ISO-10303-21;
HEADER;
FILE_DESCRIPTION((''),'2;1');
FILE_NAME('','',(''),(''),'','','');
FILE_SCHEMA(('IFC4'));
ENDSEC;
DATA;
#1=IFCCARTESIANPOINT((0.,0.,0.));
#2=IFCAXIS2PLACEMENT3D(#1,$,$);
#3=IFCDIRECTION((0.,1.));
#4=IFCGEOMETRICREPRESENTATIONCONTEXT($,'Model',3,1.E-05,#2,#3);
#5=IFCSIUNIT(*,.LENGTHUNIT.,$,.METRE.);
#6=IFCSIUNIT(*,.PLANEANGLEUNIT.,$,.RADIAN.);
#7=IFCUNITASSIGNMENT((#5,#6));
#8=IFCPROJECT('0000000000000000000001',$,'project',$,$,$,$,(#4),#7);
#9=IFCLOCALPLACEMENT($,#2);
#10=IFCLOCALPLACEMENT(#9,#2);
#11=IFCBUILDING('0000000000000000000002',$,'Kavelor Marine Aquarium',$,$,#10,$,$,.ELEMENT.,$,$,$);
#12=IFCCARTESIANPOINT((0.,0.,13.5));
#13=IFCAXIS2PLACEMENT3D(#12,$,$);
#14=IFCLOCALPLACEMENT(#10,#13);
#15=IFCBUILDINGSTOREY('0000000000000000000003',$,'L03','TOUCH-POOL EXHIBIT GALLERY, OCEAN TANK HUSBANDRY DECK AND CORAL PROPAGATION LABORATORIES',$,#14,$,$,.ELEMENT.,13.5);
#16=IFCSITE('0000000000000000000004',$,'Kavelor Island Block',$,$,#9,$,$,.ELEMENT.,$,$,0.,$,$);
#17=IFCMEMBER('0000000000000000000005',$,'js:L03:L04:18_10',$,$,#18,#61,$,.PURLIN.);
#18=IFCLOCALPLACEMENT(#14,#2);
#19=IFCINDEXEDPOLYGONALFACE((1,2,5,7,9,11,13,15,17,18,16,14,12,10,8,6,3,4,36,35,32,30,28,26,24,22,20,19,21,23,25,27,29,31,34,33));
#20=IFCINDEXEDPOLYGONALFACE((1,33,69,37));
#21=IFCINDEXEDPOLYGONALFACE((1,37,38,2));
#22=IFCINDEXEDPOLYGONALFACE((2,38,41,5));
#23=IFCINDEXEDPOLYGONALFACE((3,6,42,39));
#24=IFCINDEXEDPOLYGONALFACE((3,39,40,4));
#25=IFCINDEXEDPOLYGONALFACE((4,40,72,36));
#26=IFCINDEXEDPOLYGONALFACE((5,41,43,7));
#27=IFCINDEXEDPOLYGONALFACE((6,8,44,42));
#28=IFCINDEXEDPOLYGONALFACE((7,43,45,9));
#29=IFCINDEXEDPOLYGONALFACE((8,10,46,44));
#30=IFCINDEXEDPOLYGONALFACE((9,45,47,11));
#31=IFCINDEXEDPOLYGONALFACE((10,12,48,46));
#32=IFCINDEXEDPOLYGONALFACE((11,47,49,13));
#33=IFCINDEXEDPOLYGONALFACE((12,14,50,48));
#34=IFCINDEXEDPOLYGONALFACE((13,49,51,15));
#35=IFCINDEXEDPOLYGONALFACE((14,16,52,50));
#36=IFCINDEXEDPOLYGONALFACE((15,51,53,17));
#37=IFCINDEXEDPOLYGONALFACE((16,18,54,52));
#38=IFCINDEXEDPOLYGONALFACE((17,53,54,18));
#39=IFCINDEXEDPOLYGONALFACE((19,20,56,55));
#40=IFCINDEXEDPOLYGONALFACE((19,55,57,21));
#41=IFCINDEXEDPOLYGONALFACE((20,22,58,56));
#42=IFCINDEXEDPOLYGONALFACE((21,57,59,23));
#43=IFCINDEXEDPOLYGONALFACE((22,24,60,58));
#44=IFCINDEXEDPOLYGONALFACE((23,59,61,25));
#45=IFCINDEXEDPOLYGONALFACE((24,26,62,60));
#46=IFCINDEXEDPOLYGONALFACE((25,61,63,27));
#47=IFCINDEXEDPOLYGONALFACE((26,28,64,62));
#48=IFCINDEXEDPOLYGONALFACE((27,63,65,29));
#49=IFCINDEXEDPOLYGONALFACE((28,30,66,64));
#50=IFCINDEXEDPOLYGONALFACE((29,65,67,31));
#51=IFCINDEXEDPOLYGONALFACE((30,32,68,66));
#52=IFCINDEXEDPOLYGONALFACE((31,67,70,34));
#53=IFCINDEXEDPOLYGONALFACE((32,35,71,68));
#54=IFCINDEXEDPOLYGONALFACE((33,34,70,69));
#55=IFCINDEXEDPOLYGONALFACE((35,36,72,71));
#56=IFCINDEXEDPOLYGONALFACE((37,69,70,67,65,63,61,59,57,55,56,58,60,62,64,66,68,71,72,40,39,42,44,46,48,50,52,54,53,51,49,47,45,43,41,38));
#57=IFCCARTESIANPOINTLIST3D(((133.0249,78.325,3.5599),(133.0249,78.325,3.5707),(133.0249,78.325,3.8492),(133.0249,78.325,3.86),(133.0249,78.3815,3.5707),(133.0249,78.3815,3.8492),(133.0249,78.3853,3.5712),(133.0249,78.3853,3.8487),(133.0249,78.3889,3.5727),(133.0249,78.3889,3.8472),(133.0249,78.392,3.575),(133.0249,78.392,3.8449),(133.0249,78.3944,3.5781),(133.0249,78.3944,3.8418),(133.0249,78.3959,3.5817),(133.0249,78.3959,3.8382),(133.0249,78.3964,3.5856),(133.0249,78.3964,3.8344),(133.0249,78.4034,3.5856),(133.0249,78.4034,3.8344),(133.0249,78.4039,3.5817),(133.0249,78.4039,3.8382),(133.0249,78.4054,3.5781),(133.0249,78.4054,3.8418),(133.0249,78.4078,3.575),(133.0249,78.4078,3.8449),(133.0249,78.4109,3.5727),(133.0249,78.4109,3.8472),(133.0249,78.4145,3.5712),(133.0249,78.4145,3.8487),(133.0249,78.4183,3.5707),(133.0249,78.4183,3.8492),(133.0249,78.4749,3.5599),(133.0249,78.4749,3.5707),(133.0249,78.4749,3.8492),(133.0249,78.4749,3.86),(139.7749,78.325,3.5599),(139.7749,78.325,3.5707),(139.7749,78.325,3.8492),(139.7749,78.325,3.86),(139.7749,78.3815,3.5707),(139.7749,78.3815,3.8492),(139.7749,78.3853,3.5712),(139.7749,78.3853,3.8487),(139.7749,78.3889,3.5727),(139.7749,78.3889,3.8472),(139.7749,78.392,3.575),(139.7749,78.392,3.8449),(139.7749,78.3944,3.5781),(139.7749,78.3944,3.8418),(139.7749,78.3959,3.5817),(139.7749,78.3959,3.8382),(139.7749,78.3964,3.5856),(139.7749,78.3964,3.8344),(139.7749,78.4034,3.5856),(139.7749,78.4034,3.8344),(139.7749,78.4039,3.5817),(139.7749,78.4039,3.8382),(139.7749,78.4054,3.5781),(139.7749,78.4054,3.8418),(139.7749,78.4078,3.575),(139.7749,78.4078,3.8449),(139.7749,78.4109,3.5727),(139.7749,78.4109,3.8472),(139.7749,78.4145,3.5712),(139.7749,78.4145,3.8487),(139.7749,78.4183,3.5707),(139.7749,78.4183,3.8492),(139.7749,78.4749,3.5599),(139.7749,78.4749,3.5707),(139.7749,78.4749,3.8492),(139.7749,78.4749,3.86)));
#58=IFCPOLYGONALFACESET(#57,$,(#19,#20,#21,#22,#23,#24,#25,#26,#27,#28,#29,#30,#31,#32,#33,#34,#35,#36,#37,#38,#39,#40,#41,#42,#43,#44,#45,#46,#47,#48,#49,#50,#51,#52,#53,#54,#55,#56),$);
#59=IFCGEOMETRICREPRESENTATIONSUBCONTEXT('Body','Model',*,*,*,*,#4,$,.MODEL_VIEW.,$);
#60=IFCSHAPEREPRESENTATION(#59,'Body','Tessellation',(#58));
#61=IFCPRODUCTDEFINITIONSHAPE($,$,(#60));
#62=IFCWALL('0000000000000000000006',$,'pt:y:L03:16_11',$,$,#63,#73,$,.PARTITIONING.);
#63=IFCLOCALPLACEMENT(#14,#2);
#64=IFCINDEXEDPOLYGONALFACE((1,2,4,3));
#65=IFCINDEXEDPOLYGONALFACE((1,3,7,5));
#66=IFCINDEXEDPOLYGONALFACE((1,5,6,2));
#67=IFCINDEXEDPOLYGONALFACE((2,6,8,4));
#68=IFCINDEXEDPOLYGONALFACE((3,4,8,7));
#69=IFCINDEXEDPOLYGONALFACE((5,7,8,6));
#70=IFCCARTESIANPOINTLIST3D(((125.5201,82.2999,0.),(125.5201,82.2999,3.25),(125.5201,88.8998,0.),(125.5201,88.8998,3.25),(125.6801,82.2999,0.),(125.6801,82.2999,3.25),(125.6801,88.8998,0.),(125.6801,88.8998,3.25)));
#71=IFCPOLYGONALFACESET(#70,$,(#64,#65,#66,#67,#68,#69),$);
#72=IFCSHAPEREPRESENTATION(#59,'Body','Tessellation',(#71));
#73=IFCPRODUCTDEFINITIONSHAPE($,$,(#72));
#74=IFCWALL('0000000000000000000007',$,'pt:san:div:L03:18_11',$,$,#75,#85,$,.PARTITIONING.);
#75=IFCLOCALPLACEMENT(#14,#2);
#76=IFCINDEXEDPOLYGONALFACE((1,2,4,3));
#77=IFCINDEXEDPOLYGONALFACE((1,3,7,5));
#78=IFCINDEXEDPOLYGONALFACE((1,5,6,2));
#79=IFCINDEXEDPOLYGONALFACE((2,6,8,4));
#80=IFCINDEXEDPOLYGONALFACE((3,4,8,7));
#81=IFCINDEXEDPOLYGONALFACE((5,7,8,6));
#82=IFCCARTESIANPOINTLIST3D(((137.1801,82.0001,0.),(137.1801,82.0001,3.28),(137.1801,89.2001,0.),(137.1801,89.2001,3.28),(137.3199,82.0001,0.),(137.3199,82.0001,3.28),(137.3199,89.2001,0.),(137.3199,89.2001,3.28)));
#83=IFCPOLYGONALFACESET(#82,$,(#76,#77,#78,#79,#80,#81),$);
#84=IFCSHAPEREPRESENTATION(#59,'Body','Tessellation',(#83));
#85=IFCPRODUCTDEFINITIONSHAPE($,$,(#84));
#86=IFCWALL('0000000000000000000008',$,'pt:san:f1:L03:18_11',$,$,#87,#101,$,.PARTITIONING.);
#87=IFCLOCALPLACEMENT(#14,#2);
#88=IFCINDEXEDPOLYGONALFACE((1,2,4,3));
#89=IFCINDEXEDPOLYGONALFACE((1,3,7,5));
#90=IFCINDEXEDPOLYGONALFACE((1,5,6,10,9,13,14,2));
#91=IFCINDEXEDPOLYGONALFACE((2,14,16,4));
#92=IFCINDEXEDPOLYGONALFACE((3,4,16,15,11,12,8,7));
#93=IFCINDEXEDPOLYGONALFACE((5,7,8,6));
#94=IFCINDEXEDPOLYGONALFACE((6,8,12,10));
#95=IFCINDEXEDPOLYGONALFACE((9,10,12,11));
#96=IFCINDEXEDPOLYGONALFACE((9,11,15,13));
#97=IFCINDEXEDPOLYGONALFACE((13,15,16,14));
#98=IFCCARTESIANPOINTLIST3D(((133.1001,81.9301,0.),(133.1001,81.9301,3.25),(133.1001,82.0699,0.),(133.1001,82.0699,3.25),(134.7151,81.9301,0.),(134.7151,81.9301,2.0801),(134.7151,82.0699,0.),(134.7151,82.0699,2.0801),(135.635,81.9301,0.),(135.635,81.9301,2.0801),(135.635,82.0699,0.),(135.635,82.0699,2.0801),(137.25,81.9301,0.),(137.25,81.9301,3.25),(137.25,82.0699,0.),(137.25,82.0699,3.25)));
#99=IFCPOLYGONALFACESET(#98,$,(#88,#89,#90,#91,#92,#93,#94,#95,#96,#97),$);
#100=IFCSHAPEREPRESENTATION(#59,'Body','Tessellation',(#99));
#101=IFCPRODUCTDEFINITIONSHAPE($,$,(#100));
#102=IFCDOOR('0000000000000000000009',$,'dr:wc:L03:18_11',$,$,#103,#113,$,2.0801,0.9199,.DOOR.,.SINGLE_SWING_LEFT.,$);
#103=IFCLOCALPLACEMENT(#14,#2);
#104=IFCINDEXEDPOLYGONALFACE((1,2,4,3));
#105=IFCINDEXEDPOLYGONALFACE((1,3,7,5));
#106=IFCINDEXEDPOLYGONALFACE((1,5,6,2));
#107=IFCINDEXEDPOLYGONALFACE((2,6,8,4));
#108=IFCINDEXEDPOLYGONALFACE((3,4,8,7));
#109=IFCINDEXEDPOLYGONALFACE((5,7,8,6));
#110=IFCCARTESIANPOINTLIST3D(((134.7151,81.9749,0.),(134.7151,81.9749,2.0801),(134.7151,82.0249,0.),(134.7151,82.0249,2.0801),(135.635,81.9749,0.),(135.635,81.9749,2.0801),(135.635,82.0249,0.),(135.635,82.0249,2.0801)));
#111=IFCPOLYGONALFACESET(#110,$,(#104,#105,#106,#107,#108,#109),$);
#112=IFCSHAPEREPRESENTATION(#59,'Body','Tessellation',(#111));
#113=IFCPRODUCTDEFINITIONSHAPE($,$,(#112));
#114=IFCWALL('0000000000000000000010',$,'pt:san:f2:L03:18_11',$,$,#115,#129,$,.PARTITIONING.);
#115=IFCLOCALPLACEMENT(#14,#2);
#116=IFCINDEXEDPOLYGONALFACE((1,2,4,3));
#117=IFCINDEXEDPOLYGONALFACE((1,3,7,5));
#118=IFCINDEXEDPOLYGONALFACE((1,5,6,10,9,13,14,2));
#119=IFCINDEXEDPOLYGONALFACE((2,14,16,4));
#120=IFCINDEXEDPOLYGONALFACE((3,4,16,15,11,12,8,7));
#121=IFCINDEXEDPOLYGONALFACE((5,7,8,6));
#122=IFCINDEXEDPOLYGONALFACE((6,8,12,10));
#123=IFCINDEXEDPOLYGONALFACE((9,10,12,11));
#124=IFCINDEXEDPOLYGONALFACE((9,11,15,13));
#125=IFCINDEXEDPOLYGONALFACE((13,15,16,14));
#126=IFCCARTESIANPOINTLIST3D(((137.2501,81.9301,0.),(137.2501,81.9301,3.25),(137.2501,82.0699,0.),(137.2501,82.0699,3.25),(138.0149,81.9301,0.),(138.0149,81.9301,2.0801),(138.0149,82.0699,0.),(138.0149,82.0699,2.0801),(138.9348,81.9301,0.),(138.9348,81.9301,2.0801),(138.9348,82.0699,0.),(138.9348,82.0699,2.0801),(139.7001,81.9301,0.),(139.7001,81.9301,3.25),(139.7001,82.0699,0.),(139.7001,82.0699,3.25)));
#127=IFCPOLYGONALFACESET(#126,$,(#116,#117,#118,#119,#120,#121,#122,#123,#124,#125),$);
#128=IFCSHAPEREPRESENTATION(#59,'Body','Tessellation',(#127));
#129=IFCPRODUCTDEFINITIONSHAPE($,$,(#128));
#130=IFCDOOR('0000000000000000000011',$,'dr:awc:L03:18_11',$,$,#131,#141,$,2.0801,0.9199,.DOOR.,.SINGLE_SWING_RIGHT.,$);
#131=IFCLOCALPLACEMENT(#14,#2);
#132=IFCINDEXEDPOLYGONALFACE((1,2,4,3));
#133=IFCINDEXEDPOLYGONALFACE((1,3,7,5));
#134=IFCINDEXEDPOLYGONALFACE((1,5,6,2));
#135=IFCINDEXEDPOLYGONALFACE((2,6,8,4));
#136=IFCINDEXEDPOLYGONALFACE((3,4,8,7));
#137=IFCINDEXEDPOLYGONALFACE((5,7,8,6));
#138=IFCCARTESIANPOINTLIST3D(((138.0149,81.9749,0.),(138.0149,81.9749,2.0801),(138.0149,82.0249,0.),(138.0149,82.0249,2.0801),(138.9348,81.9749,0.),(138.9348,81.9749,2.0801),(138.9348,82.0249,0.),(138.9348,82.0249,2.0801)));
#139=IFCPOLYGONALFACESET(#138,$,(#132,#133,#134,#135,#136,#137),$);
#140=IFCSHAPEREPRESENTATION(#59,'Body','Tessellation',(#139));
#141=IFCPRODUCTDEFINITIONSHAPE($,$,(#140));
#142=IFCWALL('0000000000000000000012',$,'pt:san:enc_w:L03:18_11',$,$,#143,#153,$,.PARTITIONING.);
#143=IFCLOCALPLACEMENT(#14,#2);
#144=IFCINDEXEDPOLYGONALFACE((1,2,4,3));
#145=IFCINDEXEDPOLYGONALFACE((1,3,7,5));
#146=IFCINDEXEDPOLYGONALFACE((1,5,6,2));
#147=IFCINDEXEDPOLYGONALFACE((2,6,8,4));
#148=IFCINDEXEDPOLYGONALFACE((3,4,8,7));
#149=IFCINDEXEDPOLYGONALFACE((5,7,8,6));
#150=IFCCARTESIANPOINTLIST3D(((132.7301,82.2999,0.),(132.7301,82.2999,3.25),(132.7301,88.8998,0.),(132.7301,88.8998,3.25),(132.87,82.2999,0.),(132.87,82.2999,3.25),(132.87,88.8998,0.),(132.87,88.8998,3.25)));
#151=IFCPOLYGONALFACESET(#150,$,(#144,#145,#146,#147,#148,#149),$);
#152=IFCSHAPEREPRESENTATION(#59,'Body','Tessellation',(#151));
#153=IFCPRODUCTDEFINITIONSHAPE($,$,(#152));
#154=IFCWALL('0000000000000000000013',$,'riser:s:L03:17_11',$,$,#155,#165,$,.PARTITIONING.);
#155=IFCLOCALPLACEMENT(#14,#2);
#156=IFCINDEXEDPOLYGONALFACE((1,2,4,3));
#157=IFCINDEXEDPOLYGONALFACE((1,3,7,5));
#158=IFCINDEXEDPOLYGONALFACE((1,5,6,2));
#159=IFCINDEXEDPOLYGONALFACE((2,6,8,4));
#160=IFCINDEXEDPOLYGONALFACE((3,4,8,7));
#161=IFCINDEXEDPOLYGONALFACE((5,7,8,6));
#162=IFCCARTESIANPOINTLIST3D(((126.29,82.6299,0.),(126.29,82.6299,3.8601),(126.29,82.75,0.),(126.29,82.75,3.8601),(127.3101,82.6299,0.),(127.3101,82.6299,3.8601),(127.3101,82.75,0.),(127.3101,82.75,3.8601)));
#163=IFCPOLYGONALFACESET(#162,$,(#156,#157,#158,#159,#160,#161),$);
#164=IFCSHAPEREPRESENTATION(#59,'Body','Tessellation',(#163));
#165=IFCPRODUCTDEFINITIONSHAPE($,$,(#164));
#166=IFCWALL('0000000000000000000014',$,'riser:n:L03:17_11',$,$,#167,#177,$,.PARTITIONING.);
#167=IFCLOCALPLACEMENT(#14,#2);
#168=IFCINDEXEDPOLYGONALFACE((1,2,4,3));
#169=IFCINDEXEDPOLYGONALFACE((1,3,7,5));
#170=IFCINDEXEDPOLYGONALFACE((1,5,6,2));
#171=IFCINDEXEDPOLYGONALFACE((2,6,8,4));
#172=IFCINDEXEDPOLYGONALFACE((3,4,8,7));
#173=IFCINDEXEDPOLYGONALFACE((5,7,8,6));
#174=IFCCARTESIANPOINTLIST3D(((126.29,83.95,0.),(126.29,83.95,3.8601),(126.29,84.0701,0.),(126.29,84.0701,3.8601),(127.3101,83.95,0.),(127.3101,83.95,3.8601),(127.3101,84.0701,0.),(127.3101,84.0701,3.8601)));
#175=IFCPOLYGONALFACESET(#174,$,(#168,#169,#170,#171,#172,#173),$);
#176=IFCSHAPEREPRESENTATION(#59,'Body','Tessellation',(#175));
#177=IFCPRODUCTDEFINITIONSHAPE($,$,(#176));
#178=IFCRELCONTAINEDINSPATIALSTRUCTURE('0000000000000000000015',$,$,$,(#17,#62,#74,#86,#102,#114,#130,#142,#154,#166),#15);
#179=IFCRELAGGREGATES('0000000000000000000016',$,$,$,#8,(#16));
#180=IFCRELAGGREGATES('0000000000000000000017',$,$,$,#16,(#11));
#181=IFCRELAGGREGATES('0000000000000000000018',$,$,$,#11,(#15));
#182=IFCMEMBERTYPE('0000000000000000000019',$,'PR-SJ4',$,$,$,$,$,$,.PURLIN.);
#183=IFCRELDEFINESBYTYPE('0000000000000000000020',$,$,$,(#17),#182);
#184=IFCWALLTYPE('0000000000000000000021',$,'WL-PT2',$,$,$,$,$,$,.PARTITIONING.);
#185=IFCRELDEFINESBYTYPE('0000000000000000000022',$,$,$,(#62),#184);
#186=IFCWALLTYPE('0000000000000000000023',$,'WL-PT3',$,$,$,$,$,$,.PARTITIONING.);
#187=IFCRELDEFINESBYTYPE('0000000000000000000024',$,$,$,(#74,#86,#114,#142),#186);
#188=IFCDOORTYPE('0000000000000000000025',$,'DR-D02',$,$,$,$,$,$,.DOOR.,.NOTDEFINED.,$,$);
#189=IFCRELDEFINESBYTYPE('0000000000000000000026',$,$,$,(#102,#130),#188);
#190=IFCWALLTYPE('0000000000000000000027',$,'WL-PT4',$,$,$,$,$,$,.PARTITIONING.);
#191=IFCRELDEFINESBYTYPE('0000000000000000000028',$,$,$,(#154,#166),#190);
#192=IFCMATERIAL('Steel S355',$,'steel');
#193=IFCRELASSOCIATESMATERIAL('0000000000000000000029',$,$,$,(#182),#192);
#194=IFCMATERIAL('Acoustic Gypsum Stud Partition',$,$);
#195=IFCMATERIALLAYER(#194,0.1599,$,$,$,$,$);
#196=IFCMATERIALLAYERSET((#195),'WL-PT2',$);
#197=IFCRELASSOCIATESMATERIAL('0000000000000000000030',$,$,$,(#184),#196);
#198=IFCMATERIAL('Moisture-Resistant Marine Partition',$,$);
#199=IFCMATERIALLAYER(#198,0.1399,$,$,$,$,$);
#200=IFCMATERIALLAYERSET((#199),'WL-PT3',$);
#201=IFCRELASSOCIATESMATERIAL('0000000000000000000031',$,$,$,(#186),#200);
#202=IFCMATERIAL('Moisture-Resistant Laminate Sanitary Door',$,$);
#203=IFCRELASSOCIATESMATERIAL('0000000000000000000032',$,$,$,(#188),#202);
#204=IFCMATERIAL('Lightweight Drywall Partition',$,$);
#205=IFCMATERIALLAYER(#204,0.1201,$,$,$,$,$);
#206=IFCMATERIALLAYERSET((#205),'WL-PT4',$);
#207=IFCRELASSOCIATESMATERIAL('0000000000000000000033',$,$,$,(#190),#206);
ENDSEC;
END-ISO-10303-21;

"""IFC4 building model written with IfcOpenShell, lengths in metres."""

from ifc_helpers import new_model, si_unit, direction, frame, frame_2d, origin, origin_2d, place, context, subcontext, project, spatial, rectangle, i_section, extrude, material, layer, layer_set, material_profile, profile_set, type_object, element, fill, save


model = new_model("IFC4")

# Units and contexts
model_context = context("Model", 3, precision=1e-05, world=origin(), true_north=direction((0.0, 1.0)))
body_context = subcontext(model_context, "Body", "Model", "MODEL_VIEW")
ifc_project = project(units=[si_unit("LENGTHUNIT", "METRE"), si_unit("PLANEANGLEUNIT", "RADIAN")], contexts=[model_context])

# Site, building, storey
site_placement = place(None, origin())
site = spatial("IfcSite", under=ifc_project, at=site_placement, Name="Kavelor Island Block", CompositionType="ELEMENT", RefElevation=0.0)
building_placement = place(site_placement, origin())
building = spatial("IfcBuilding", under=site, at=building_placement, Name="Kavelor Marine Aquarium", CompositionType="ELEMENT")
storey_placement = place(building_placement, frame((0.0, 0.0, 13.5)))
storey = spatial("IfcBuildingStorey", under=building, at=storey_placement, Name="L03", Description="TOUCH-POOL EXHIBIT GALLERY, OCEAN TANK HUSBANDRY DECK AND CORAL PROPAGATION LABORATORIES", CompositionType="ELEMENT", Elevation=13.5)

# Member
ifc_material_1 = material(Name="Steel S355", Category="steel")
ifc_material_profile_1 = material_profile(ifc_material_1, i_section(OverallWidth=0.1499, OverallDepth=0.3, WebThickness=0.0071, FlangeThickness=0.0107, FilletRadius=0.0149, at=origin_2d()), Name="IPE 300")
ifc_profile_set_1 = profile_set([ifc_material_profile_1], Name="Steel S355")
member_type = type_object("IfcMemberType", Name="PR-SJ4", PredefinedType="PURLIN", material=ifc_profile_set_1)
member_1_placement = place(storey_placement, frame((133.0249, 78.3999, 3.71), z_axis=(1.0, 0.0, 0.0), x_axis=(0.0, 1.0, 0.0)))
element("IfcMember", 1, at=member_1_placement, inside=storey, type_object=member_type, Name="js:L03:L04:18_10", PredefinedType="PURLIN", context=body_context, shape_type="SweptSolid", body=[
    extrude(i_section(OverallWidth=0.1499, OverallDepth=0.3, WebThickness=0.0071, FlangeThickness=0.0107, FilletRadius=0.0149, at=origin_2d()), origin(), (0.0, 0.0, 1.0), 6.75),
])

# Walls
ifc_material_2 = material(Name="Acoustic Gypsum Stud Partition")
ifc_layer_1 = layer(ifc_material_2, 0.1599)
ifc_layer_set_1 = layer_set([ifc_layer_1], Name="WL-PT2")
wall_type_1 = type_object("IfcWallType", Name="WL-PT2", PredefinedType="PARTITIONING", material=ifc_layer_set_1)
wall_1_placement = place(storey_placement, frame((125.6001, 82.3, 0.0), z_axis=(0.0, 0.0, 1.0), x_axis=(0.0, 1.0, 0.0)))
element("IfcWall", 2, at=wall_1_placement, inside=storey, type_object=wall_type_1, Name="pt:y:L03:16_11", PredefinedType="PARTITIONING", context=body_context, shape_type="SweptSolid", body=[
    extrude(rectangle(XDim=6.5999, YDim=0.1599, at=frame_2d((3.2998, 0.0))), origin(), (0.0, 0.0, 1.0), 3.25),
])
ifc_material_3 = material(Name="Moisture-Resistant Marine Partition")
ifc_layer_2 = layer(ifc_material_3, 0.1399)
ifc_layer_set_2 = layer_set([ifc_layer_2], Name="WL-PT3")
wall_type_2 = type_object("IfcWallType", Name="WL-PT3", PredefinedType="PARTITIONING", material=ifc_layer_set_2)
wall_2_placement = place(storey_placement, frame((137.25, 82.0, 0.0), z_axis=(0.0, 0.0, 1.0), x_axis=(0.0, 1.0, 0.0)))
element("IfcWall", 3, at=wall_2_placement, inside=storey, type_object=wall_type_2, Name="pt:san:div:L03:18_11", PredefinedType="PARTITIONING", context=body_context, shape_type="SweptSolid", body=[
    extrude(rectangle(XDim=7.2, YDim=0.1399, at=frame_2d((3.6001, 0.0))), origin(), (0.0, 0.0, 1.0), 3.28),
])

# Walls, openings, doors
wall_3_placement = place(storey_placement, frame((133.1001, 82.0, 0.0), z_axis=(0.0, 0.0, 1.0), x_axis=(1.0, 0.0, 0.0)))
wall_3 = element("IfcWall", 4, at=wall_3_placement, inside=storey, type_object=wall_type_2, Name="pt:san:f1:L03:18_11", PredefinedType="PARTITIONING", context=body_context, shape_type="SweptSolid", body=[
    extrude(rectangle(XDim=4.1499, YDim=0.1399, at=frame_2d((2.075, 0.0))), origin(), (0.0, 0.0, 1.0), 3.25),
])
opening_1_placement = place(wall_3_placement, frame((1.615, 0.0, 0.0)))
opening_1 = element("IfcOpeningElement", 5, at=opening_1_placement, cuts=wall_3, PredefinedType="OPENING", context=body_context, shape_type="SweptSolid", body=[
    extrude(rectangle(XDim=0.9199, YDim=2.0801, at=frame_2d((0.46, 1.04))), frame((0.0, 0.0798, 0.0), z_axis=(0.0, -1.0, 0.0), x_axis=(1.0, 0.0, 0.0)), (0.0, 0.0, 1.0), 0.1599),
])
ifc_material_4 = material(Name="Moisture-Resistant Laminate Sanitary Door")
door_type = type_object("IfcDoorType", Name="DR-D02", OperationType="NOTDEFINED", PredefinedType="DOOR", material=ifc_material_4)
door_1_placement = place(opening_1_placement, origin())
door_1 = element("IfcDoor", 6, at=door_1_placement, inside=storey, type_object=door_type, Name="dr:wc:L03:18_11", OperationType="SINGLE_SWING_LEFT", OverallHeight=2.0801, OverallWidth=0.9199, PredefinedType="DOOR", context=body_context, shape_type="SweptSolid", body=[
    extrude(rectangle(XDim=0.9199, YDim=2.0801, at=frame_2d((0.46, 1.04))), frame((0.0, 0.0249, 0.0), z_axis=(0.0, -1.0, 0.0), x_axis=(1.0, 0.0, 0.0)), (0.0, 0.0, 1.0), 0.05),
])
fill(opening_1, door_1)
wall_4_placement = place(storey_placement, frame((137.25, 82.0, 0.0), z_axis=(0.0, 0.0, 1.0), x_axis=(1.0, 0.0, 0.0)))
wall_4 = element("IfcWall", 7, at=wall_4_placement, inside=storey, type_object=wall_type_2, Name="pt:san:f2:L03:18_11", PredefinedType="PARTITIONING", context=body_context, shape_type="SweptSolid", body=[
    extrude(rectangle(XDim=2.45, YDim=0.1399, at=frame_2d((1.2251, 0.0))), origin(), (0.0, 0.0, 1.0), 3.25),
])
opening_2_placement = place(wall_4_placement, frame((0.7649, 0.0, 0.0)))
opening_2 = element("IfcOpeningElement", 8, at=opening_2_placement, cuts=wall_4, PredefinedType="OPENING", context=body_context, shape_type="SweptSolid", body=[
    extrude(rectangle(XDim=0.9199, YDim=2.0801, at=frame_2d((0.46, 1.04))), frame((0.0, 0.0798, 0.0), z_axis=(0.0, -1.0, 0.0), x_axis=(1.0, 0.0, 0.0)), (0.0, 0.0, 1.0), 0.1599),
])
door_2_placement = place(opening_2_placement, origin())
door_2 = element("IfcDoor", 9, at=door_2_placement, inside=storey, type_object=door_type, Name="dr:awc:L03:18_11", OperationType="SINGLE_SWING_RIGHT", OverallHeight=2.0801, OverallWidth=0.9199, PredefinedType="DOOR", context=body_context, shape_type="SweptSolid", body=[
    extrude(rectangle(XDim=0.9199, YDim=2.0801, at=frame_2d((0.46, 1.04))), frame((0.0, 0.0249, 0.0), z_axis=(0.0, -1.0, 0.0), x_axis=(1.0, 0.0, 0.0)), (0.0, 0.0, 1.0), 0.05),
])
fill(opening_2, door_2)

# Walls
wall_5_placement = place(storey_placement, frame((132.8, 82.3, 0.0), z_axis=(0.0, 0.0, 1.0), x_axis=(0.0, 1.0, 0.0)))
element("IfcWall", 10, at=wall_5_placement, inside=storey, type_object=wall_type_2, Name="pt:san:enc_w:L03:18_11", PredefinedType="PARTITIONING", context=body_context, shape_type="SweptSolid", body=[
    extrude(rectangle(XDim=6.5999, YDim=0.1399, at=frame_2d((3.2998, 0.0))), origin(), (0.0, 0.0, 1.0), 3.25),
])
ifc_material_5 = material(Name="Lightweight Drywall Partition")
ifc_layer_3 = layer(ifc_material_5, 0.1201)
ifc_layer_set_3 = layer_set([ifc_layer_3], Name="WL-PT4")
wall_type_3 = type_object("IfcWallType", Name="WL-PT4", PredefinedType="PARTITIONING", material=ifc_layer_set_3)
for number, where, z_axis, x_axis, name in (
    (11, (126.29, 82.6899, 0.0), (0.0, 0.0, 1.0), (1.0, 0.0, 0.0), "riser:s:L03:17_11"),
    (12, (126.29, 84.01, 0.0), (0.0, 0.0, 1.0), (1.0, 0.0, 0.0), "riser:n:L03:17_11"),
):
    element("IfcWall", number, at=place(storey_placement, frame(where, z_axis=z_axis, x_axis=x_axis)), inside=storey, type_object=wall_type_3, Name=name, PredefinedType="PARTITIONING", context=body_context, shape_type="SweptSolid", body=[
        extrude(rectangle(XDim=1.02, YDim=0.1201, at=frame_2d((0.51, 0.0))), origin(), (0.0, 0.0, 1.0), 3.8601),
    ])

save(model, "model.ifc")
